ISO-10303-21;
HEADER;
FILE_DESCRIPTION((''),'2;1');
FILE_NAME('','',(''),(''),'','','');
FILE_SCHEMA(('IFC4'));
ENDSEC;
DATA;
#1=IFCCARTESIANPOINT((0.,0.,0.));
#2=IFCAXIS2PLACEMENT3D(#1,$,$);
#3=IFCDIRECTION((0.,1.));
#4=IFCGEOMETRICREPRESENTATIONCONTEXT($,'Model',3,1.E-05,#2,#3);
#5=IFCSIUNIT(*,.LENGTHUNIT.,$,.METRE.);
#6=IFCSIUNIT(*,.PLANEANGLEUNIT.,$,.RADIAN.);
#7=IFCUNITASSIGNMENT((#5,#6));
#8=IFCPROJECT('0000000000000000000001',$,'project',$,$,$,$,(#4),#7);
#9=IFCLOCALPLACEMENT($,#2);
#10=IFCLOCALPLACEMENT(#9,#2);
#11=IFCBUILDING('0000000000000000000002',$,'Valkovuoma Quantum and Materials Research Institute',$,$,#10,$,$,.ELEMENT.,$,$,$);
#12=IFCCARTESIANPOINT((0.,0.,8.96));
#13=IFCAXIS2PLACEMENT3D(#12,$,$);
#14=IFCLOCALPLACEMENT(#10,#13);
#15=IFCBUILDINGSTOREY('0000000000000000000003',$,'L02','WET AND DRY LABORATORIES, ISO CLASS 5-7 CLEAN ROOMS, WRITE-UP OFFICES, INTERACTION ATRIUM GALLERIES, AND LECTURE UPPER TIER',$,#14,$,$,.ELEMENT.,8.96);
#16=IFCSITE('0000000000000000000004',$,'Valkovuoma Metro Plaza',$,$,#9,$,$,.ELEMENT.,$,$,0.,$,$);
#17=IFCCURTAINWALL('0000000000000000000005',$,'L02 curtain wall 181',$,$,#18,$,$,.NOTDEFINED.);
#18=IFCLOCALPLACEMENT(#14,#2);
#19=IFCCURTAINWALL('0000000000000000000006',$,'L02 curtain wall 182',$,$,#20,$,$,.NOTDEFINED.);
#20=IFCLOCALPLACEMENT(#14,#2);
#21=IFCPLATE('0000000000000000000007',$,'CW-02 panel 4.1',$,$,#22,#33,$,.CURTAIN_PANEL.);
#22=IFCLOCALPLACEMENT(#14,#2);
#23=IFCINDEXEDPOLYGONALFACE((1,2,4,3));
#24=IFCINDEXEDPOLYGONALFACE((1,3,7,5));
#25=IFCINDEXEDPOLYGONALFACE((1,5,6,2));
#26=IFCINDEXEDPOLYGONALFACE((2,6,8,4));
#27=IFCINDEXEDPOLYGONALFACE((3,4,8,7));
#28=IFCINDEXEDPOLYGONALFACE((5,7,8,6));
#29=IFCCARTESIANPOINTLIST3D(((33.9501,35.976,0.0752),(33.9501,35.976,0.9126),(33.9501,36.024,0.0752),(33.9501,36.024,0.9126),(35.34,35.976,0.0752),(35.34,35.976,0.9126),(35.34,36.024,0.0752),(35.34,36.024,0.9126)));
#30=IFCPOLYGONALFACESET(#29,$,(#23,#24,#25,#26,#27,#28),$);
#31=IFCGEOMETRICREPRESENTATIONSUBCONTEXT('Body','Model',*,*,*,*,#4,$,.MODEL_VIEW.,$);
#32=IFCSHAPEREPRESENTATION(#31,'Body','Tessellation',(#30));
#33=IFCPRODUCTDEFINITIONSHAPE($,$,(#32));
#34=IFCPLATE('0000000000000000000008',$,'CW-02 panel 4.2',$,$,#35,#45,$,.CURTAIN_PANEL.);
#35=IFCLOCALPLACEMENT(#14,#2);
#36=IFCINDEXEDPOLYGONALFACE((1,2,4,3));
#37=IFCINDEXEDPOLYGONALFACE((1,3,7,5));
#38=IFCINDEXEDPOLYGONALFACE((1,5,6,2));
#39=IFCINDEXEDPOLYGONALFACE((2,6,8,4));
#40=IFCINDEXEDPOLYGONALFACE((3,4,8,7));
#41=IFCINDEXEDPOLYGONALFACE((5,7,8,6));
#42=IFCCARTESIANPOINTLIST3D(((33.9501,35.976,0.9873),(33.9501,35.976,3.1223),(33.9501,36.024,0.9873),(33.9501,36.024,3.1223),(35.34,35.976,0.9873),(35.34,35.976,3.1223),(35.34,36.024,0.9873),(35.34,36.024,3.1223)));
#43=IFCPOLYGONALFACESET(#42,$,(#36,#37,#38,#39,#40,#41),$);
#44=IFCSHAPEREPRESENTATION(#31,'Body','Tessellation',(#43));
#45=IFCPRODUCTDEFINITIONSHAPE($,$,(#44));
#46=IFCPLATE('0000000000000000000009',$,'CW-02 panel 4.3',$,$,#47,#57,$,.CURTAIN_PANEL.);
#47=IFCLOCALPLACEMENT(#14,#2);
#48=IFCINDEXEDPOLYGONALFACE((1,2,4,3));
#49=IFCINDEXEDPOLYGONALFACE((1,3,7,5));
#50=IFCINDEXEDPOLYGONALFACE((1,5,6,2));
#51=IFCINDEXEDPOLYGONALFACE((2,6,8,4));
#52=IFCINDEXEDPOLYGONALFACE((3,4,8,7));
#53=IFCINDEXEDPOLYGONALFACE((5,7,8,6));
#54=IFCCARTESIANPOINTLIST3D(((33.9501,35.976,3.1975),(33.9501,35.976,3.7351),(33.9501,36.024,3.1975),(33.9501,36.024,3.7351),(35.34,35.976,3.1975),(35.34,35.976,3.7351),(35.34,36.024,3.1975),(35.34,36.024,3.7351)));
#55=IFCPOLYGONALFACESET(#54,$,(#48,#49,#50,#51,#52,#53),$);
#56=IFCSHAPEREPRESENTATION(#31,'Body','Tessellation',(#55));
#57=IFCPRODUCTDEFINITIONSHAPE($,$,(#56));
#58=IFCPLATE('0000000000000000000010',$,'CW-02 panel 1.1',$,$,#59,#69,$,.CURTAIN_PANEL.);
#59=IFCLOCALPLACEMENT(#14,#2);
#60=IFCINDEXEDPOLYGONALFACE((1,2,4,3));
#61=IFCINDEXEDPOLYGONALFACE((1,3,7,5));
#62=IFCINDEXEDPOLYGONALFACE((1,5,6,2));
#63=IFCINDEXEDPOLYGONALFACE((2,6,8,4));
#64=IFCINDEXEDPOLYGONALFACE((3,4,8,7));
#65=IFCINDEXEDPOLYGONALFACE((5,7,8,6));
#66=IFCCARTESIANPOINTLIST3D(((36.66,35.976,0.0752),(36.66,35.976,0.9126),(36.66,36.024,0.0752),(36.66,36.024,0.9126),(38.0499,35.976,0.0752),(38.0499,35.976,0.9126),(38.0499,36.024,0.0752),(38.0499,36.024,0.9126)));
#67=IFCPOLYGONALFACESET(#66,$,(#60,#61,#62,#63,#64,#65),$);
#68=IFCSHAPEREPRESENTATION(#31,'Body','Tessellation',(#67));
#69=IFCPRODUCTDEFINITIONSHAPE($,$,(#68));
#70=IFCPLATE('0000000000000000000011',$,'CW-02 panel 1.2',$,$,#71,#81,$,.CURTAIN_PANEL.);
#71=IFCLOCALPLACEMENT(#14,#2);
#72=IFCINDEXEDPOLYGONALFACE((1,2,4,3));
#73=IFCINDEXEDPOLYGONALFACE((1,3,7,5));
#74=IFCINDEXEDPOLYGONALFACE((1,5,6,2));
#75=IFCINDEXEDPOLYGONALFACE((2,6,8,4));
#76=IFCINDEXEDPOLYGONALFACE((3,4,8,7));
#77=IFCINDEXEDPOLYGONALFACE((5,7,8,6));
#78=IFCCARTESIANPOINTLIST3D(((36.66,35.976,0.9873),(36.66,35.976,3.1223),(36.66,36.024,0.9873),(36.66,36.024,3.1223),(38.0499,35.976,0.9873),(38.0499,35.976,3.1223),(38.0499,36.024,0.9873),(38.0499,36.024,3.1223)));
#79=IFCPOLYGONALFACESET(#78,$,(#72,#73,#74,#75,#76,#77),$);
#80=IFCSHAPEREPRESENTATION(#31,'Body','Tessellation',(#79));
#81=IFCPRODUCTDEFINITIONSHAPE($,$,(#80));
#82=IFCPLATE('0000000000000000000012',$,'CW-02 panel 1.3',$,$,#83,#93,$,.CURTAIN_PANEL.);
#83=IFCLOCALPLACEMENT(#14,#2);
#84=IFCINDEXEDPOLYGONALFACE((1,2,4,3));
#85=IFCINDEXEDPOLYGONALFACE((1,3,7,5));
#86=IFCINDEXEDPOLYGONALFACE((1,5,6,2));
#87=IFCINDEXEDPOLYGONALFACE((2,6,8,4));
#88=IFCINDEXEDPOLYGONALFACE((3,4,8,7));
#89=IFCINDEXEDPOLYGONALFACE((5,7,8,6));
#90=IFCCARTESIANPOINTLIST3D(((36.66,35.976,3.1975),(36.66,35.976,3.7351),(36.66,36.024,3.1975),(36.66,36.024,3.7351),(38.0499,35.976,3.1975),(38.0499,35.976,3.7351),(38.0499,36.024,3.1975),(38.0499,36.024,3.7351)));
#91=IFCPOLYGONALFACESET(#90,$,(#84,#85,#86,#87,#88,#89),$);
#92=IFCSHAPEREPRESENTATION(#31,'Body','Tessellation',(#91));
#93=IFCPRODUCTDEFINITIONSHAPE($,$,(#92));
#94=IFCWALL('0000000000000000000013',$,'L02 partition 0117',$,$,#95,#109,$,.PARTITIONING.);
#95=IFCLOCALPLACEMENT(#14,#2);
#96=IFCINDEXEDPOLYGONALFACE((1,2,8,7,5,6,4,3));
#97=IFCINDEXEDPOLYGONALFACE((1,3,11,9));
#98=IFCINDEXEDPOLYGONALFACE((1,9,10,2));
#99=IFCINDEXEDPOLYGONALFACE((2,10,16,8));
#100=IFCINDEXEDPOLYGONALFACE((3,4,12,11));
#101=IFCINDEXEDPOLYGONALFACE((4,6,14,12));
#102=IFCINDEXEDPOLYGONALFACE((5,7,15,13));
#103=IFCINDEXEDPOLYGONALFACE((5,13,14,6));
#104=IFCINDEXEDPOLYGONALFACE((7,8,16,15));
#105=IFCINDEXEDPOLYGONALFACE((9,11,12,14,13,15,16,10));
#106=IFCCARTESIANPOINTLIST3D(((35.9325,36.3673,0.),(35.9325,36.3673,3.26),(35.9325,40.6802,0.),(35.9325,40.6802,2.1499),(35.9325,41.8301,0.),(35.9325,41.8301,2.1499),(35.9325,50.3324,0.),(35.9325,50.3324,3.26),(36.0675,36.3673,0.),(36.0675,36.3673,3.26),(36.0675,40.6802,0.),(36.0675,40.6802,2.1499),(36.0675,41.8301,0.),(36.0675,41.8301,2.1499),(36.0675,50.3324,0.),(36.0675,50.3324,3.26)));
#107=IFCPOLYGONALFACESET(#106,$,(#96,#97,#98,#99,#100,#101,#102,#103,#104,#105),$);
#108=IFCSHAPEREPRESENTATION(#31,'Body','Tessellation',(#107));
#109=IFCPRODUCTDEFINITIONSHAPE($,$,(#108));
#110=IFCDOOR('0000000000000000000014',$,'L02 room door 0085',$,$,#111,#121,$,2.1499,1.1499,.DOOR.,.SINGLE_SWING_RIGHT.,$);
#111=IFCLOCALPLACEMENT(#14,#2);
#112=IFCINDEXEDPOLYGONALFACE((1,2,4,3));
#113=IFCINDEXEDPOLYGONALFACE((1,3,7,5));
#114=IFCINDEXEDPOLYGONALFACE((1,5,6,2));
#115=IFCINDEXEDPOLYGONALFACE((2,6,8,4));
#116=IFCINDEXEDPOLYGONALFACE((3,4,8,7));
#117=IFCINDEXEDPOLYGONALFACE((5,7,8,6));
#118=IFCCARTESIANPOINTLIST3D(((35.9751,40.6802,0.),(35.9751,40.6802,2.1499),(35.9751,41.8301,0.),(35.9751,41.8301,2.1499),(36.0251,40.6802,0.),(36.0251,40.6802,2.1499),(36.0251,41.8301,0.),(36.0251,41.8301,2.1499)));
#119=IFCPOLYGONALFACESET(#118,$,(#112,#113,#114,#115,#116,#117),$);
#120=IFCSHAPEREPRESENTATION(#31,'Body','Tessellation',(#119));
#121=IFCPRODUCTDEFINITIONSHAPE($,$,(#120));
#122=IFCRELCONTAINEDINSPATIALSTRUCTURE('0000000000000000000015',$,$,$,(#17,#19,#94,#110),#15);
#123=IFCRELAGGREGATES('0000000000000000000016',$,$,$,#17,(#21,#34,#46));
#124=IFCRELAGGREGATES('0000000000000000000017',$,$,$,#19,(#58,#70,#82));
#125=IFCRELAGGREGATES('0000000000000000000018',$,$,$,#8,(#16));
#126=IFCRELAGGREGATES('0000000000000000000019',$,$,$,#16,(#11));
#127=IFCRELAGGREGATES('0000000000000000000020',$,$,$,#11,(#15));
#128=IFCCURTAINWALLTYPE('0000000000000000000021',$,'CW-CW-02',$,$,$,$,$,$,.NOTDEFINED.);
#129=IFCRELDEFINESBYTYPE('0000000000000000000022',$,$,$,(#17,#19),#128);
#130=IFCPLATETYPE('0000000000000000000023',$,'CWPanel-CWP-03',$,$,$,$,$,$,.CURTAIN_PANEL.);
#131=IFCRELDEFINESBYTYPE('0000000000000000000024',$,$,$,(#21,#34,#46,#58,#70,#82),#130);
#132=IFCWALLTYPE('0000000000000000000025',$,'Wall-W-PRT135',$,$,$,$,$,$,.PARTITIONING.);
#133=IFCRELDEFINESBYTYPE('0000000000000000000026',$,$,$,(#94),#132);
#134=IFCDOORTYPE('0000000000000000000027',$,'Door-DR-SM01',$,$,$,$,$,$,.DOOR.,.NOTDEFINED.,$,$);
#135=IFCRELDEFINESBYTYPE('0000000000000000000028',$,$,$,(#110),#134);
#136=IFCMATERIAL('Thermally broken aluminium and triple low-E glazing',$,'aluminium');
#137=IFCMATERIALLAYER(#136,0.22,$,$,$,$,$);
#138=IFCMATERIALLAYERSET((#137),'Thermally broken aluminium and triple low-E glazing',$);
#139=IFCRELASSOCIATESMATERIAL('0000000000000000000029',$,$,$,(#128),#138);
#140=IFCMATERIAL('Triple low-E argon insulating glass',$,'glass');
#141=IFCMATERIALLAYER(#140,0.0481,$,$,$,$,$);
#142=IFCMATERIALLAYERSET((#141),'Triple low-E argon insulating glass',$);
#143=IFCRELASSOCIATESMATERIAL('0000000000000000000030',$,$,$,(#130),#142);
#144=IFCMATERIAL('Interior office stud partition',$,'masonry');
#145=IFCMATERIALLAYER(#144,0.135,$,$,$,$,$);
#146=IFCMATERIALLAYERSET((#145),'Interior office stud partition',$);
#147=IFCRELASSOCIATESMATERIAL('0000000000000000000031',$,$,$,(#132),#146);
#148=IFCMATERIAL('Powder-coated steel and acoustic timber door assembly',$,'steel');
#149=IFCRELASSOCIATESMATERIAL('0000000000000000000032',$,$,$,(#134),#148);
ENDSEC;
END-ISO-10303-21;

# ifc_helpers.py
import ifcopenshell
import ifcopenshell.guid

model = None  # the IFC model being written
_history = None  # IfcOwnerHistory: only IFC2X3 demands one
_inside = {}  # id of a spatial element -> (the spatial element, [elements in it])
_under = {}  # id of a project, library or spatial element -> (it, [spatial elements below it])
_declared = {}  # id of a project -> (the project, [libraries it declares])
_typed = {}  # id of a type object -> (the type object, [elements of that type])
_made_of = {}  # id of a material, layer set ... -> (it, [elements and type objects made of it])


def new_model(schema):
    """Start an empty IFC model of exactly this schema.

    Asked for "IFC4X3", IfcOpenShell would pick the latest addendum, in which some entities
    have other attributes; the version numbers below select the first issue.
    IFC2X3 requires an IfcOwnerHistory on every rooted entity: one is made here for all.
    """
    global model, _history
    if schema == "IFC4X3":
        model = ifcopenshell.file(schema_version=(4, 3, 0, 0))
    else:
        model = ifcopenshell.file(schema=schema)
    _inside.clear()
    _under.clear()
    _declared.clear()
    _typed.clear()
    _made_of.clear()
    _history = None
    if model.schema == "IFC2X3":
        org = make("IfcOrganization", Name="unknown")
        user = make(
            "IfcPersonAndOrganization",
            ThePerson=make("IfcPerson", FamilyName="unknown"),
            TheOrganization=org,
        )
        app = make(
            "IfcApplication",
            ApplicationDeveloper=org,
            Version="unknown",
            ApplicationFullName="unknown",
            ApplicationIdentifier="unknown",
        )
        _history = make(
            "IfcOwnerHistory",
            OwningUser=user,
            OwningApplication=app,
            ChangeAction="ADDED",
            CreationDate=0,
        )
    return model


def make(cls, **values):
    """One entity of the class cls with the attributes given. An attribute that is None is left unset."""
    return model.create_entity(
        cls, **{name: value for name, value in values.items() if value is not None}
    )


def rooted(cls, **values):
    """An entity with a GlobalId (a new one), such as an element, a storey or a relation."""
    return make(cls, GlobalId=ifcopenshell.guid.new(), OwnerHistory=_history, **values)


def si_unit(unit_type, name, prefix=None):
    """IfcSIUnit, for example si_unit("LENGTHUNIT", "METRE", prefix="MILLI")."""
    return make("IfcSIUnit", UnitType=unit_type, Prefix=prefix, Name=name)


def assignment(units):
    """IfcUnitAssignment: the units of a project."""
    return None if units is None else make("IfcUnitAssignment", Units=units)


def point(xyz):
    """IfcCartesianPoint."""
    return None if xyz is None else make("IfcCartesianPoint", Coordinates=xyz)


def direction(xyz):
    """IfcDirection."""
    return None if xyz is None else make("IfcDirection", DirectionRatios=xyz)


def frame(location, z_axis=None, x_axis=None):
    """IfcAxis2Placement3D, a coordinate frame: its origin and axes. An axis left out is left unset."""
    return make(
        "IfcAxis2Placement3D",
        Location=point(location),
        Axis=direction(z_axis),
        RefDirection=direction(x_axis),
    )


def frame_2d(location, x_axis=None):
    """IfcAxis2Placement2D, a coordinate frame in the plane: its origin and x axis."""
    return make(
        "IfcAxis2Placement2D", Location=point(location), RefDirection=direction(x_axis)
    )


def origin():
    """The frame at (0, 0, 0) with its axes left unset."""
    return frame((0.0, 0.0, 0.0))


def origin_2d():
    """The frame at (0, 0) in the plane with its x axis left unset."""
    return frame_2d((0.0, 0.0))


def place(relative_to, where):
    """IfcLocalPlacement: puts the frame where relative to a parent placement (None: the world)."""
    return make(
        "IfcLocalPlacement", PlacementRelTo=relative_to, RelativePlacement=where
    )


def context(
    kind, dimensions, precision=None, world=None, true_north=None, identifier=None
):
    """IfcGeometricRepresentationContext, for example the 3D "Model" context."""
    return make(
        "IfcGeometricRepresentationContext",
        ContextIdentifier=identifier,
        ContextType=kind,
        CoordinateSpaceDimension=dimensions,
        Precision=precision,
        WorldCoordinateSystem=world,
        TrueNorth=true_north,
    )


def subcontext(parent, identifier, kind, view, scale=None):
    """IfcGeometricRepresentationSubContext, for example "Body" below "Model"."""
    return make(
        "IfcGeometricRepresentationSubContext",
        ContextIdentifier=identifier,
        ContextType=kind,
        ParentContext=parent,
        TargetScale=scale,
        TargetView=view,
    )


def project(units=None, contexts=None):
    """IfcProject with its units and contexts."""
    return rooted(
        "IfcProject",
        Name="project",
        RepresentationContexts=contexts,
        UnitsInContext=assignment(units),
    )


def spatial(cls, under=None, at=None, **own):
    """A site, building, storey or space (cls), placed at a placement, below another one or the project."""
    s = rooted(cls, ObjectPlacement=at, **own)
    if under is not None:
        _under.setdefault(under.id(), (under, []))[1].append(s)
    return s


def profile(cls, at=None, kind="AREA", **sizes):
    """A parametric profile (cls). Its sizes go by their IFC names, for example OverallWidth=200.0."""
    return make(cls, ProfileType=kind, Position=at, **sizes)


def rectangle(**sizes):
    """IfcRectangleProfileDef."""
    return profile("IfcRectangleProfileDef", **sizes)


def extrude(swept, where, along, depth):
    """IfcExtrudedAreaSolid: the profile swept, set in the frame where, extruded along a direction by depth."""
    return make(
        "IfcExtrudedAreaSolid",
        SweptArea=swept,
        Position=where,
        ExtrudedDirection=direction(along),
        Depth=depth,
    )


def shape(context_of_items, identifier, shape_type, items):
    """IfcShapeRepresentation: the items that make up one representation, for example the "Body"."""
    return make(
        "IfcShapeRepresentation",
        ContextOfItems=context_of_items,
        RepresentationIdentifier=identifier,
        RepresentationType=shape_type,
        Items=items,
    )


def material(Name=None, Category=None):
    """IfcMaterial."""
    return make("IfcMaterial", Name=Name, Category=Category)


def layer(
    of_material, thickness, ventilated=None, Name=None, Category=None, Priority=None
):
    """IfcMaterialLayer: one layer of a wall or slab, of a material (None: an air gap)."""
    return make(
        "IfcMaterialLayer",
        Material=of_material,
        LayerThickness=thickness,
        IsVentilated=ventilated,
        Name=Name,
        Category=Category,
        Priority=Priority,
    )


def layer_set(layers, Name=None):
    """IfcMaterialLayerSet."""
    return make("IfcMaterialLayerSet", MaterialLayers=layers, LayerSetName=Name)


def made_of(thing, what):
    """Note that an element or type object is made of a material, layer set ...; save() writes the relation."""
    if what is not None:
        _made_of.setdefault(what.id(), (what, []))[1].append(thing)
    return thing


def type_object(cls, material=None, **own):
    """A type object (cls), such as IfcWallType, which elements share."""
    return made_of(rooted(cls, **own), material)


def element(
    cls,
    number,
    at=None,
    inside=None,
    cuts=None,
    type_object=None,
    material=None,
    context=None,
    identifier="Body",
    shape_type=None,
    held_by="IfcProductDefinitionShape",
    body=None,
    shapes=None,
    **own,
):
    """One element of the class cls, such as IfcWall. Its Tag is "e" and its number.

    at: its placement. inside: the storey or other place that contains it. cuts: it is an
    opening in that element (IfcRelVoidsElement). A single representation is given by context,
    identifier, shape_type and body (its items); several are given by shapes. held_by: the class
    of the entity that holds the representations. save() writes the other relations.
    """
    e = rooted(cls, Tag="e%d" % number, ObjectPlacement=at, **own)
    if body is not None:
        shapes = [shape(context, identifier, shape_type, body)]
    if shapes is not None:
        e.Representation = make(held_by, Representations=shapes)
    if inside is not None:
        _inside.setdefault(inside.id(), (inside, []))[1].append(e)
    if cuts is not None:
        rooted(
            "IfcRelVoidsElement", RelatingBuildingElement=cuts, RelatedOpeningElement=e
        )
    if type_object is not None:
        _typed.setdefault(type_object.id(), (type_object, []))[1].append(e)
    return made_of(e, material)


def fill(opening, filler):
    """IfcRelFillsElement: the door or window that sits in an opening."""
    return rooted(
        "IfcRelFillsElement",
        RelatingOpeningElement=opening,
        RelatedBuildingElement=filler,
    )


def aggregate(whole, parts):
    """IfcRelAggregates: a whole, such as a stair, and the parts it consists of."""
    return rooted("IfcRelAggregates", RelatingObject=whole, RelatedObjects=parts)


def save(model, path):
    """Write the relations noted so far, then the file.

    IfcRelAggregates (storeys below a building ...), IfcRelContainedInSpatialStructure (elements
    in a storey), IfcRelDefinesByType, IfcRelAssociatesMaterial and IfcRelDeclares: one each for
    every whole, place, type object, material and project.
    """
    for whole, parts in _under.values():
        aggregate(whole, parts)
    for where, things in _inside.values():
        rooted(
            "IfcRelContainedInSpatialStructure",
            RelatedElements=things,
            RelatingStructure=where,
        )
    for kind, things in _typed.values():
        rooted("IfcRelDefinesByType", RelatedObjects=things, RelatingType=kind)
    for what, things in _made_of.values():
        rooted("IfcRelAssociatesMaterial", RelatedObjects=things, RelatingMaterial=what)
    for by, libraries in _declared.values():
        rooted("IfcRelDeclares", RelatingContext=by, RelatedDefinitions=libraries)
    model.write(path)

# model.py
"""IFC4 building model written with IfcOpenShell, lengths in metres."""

from ifc_helpers import new_model, si_unit, direction, frame, frame_2d, origin, origin_2d, place, context, subcontext, project, spatial, rectangle, extrude, material, layer, layer_set, type_object, element, fill, aggregate, save


model = new_model("IFC4")

# Units and contexts
model_context = context("Model", 3, precision=1e-05, world=origin(), true_north=direction((0.0, 1.0)))
body_context = subcontext(model_context, "Body", "Model", "MODEL_VIEW")
ifc_project = project(units=[si_unit("LENGTHUNIT", "METRE"), si_unit("PLANEANGLEUNIT", "RADIAN")], contexts=[model_context])

# Site, building, storey
site_placement = place(None, origin())
site = spatial("IfcSite", under=ifc_project, at=site_placement, Name="Valkovuoma Metro Plaza", CompositionType="ELEMENT", RefElevation=0.0)
building_placement = place(site_placement, origin())
building = spatial("IfcBuilding", under=site, at=building_placement, Name="Valkovuoma Quantum and Materials Research Institute", CompositionType="ELEMENT")
storey_placement = place(building_placement, frame((0.0, 0.0, 8.96)))
storey = spatial("IfcBuildingStorey", under=building, at=storey_placement, Name="L02", Description="WET AND DRY LABORATORIES, ISO CLASS 5-7 CLEAN ROOMS, WRITE-UP OFFICES, INTERACTION ATRIUM GALLERIES, AND LECTURE UPPER TIER", CompositionType="ELEMENT", Elevation=8.96)

# Curtain walls
ifc_material_1 = material(Name="Thermally broken aluminium and triple low-E glazing", Category="aluminium")
ifc_layer_1 = layer(ifc_material_1, 0.22)
ifc_layer_set_1 = layer_set([ifc_layer_1], Name="Thermally broken aluminium and triple low-E glazing")
curtain_wall_type = type_object("IfcCurtainWallType", Name="CW-CW-02", PredefinedType="NOTDEFINED", material=ifc_layer_set_1)
curtain_wall_1_placement = place(storey_placement, origin())
curtain_wall_1 = element("IfcCurtainWall", 1, at=curtain_wall_1_placement, inside=storey, type_object=curtain_wall_type, Name="L02 curtain wall 181", PredefinedType="NOTDEFINED")
curtain_wall_2_placement = place(storey_placement, origin())
curtain_wall_2 = element("IfcCurtainWall", 2, at=curtain_wall_2_placement, inside=storey, type_object=curtain_wall_type, Name="L02 curtain wall 182", PredefinedType="NOTDEFINED")

# Plates
ifc_material_2 = material(Name="Triple low-E argon insulating glass", Category="glass")
ifc_layer_2 = layer(ifc_material_2, 0.0481)
ifc_layer_set_2 = layer_set([ifc_layer_2], Name="Triple low-E argon insulating glass")
plate_type = type_object("IfcPlateType", Name="CWPanel-CWP-03", PredefinedType="CURTAIN_PANEL", material=ifc_layer_set_2)
plate_1_placement = place(storey_placement, frame((34.645, 36.0, 0.0752), z_axis=(0.0, 0.0, 1.0), x_axis=(1.0, 0.0, 0.0)))
plate_1 = element("IfcPlate", 3, at=plate_1_placement, type_object=plate_type, Name="CW-02 panel 4.1", PredefinedType="CURTAIN_PANEL", context=body_context, shape_type="SweptSolid", body=[
    extrude(rectangle(XDim=1.3899, YDim=0.0481, at=origin_2d()), origin(), (0.0, 0.0, 1.0), 0.8374),
])
plate_2_placement = place(storey_placement, frame((34.645, 36.0, 0.9873), z_axis=(0.0, 0.0, 1.0), x_axis=(1.0, 0.0, 0.0)))
plate_2 = element("IfcPlate", 4, at=plate_2_placement, type_object=plate_type, Name="CW-02 panel 4.2", PredefinedType="CURTAIN_PANEL", context=body_context, shape_type="SweptSolid", body=[
    extrude(rectangle(XDim=1.3899, YDim=0.0481, at=origin_2d()), origin(), (0.0, 0.0, 1.0), 2.135),
])
plate_3_placement = place(storey_placement, frame((34.645, 36.0, 3.1975), z_axis=(0.0, 0.0, 1.0), x_axis=(1.0, 0.0, 0.0)))
plate_3 = element("IfcPlate", 5, at=plate_3_placement, type_object=plate_type, Name="CW-02 panel 4.3", PredefinedType="CURTAIN_PANEL", context=body_context, shape_type="SweptSolid", body=[
    extrude(rectangle(XDim=1.3899, YDim=0.0481, at=origin_2d()), origin(), (0.0, 0.0, 1.0), 0.5376),
])
aggregate(curtain_wall_1, [plate_1, plate_2, plate_3])
plate_4_placement = place(storey_placement, frame((37.355, 36.0, 0.0752), z_axis=(0.0, 0.0, 1.0), x_axis=(1.0, 0.0, 0.0)))
plate_4 = element("IfcPlate", 6, at=plate_4_placement, type_object=plate_type, Name="CW-02 panel 1.1", PredefinedType="CURTAIN_PANEL", context=body_context, shape_type="SweptSolid", body=[
    extrude(rectangle(XDim=1.3899, YDim=0.0481, at=origin_2d()), origin(), (0.0, 0.0, 1.0), 0.8374),
])
plate_5_placement = place(storey_placement, frame((37.355, 36.0, 0.9873), z_axis=(0.0, 0.0, 1.0), x_axis=(1.0, 0.0, 0.0)))
plate_5 = element("IfcPlate", 7, at=plate_5_placement, type_object=plate_type, Name="CW-02 panel 1.2", PredefinedType="CURTAIN_PANEL", context=body_context, shape_type="SweptSolid", body=[
    extrude(rectangle(XDim=1.3899, YDim=0.0481, at=origin_2d()), origin(), (0.0, 0.0, 1.0), 2.135),
])
plate_6_placement = place(storey_placement, frame((37.355, 36.0, 3.1975), z_axis=(0.0, 0.0, 1.0), x_axis=(1.0, 0.0, 0.0)))
plate_6 = element("IfcPlate", 8, at=plate_6_placement, type_object=plate_type, Name="CW-02 panel 1.3", PredefinedType="CURTAIN_PANEL", context=body_context, shape_type="SweptSolid", body=[
    extrude(rectangle(XDim=1.3899, YDim=0.0481, at=origin_2d()), origin(), (0.0, 0.0, 1.0), 0.5376),
])
aggregate(curtain_wall_2, [plate_4, plate_5, plate_6])

# Wall, opening, door
ifc_material_3 = material(Name="Interior office stud partition", Category="masonry")
ifc_layer_3 = layer(ifc_material_3, 0.135)
ifc_layer_set_3 = layer_set([ifc_layer_3], Name="Interior office stud partition")
wall_type = type_object("IfcWallType", Name="Wall-W-PRT135", PredefinedType="PARTITIONING", material=ifc_layer_set_3)
wall_placement = place(storey_placement, frame((36.0, 36.3674, 0.0), z_axis=(0.0, 0.0, 1.0), x_axis=(0.0, 1.0, 0.0)))
wall = element("IfcWall", 9, at=wall_placement, inside=storey, type_object=wall_type, Name="L02 partition 0117", PredefinedType="PARTITIONING", context=body_context, shape_type="SweptSolid", body=[
    extrude(rectangle(XDim=13.9651, YDim=0.135, at=frame_2d((6.9824, 0.0))), origin(), (0.0, 0.0, 1.0), 3.26),
])
opening_placement = place(wall_placement, frame((4.3127, 0.0, 0.0)))
opening = element("IfcOpeningElement", 10, at=opening_placement, cuts=wall, PredefinedType="OPENING", context=body_context, shape_type="SweptSolid", body=[
    extrude(rectangle(XDim=1.1499, YDim=2.1499, at=frame_2d((0.575, 1.075))), frame((0.0, 0.0776, 0.0), z_axis=(0.0, -1.0, 0.0), x_axis=(1.0, 0.0, 0.0)), (0.0, 0.0, 1.0), 0.155),
])
ifc_material_4 = material(Name="Powder-coated steel and acoustic timber door assembly", Category="steel")
door_type = type_object("IfcDoorType", Name="Door-DR-SM01", OperationType="NOTDEFINED", PredefinedType="DOOR", material=ifc_material_4)
door_placement = place(opening_placement, origin())
door = element("IfcDoor", 11, at=door_placement, inside=storey, type_object=door_type, Name="L02 room door 0085", OperationType="SINGLE_SWING_RIGHT", OverallHeight=2.1499, OverallWidth=1.1499, PredefinedType="DOOR", context=body_context, shape_type="SweptSolid", body=[
    extrude(rectangle(XDim=1.1499, YDim=2.1499, at=frame_2d((0.575, 1.075))), frame((0.0, 0.0249, 0.0), z_axis=(0.0, -1.0, 0.0), x_axis=(1.0, 0.0, 0.0)), (0.0, 0.0, 1.0), 0.05),
])
fill(opening, door)

save(model, "model.ifc")
